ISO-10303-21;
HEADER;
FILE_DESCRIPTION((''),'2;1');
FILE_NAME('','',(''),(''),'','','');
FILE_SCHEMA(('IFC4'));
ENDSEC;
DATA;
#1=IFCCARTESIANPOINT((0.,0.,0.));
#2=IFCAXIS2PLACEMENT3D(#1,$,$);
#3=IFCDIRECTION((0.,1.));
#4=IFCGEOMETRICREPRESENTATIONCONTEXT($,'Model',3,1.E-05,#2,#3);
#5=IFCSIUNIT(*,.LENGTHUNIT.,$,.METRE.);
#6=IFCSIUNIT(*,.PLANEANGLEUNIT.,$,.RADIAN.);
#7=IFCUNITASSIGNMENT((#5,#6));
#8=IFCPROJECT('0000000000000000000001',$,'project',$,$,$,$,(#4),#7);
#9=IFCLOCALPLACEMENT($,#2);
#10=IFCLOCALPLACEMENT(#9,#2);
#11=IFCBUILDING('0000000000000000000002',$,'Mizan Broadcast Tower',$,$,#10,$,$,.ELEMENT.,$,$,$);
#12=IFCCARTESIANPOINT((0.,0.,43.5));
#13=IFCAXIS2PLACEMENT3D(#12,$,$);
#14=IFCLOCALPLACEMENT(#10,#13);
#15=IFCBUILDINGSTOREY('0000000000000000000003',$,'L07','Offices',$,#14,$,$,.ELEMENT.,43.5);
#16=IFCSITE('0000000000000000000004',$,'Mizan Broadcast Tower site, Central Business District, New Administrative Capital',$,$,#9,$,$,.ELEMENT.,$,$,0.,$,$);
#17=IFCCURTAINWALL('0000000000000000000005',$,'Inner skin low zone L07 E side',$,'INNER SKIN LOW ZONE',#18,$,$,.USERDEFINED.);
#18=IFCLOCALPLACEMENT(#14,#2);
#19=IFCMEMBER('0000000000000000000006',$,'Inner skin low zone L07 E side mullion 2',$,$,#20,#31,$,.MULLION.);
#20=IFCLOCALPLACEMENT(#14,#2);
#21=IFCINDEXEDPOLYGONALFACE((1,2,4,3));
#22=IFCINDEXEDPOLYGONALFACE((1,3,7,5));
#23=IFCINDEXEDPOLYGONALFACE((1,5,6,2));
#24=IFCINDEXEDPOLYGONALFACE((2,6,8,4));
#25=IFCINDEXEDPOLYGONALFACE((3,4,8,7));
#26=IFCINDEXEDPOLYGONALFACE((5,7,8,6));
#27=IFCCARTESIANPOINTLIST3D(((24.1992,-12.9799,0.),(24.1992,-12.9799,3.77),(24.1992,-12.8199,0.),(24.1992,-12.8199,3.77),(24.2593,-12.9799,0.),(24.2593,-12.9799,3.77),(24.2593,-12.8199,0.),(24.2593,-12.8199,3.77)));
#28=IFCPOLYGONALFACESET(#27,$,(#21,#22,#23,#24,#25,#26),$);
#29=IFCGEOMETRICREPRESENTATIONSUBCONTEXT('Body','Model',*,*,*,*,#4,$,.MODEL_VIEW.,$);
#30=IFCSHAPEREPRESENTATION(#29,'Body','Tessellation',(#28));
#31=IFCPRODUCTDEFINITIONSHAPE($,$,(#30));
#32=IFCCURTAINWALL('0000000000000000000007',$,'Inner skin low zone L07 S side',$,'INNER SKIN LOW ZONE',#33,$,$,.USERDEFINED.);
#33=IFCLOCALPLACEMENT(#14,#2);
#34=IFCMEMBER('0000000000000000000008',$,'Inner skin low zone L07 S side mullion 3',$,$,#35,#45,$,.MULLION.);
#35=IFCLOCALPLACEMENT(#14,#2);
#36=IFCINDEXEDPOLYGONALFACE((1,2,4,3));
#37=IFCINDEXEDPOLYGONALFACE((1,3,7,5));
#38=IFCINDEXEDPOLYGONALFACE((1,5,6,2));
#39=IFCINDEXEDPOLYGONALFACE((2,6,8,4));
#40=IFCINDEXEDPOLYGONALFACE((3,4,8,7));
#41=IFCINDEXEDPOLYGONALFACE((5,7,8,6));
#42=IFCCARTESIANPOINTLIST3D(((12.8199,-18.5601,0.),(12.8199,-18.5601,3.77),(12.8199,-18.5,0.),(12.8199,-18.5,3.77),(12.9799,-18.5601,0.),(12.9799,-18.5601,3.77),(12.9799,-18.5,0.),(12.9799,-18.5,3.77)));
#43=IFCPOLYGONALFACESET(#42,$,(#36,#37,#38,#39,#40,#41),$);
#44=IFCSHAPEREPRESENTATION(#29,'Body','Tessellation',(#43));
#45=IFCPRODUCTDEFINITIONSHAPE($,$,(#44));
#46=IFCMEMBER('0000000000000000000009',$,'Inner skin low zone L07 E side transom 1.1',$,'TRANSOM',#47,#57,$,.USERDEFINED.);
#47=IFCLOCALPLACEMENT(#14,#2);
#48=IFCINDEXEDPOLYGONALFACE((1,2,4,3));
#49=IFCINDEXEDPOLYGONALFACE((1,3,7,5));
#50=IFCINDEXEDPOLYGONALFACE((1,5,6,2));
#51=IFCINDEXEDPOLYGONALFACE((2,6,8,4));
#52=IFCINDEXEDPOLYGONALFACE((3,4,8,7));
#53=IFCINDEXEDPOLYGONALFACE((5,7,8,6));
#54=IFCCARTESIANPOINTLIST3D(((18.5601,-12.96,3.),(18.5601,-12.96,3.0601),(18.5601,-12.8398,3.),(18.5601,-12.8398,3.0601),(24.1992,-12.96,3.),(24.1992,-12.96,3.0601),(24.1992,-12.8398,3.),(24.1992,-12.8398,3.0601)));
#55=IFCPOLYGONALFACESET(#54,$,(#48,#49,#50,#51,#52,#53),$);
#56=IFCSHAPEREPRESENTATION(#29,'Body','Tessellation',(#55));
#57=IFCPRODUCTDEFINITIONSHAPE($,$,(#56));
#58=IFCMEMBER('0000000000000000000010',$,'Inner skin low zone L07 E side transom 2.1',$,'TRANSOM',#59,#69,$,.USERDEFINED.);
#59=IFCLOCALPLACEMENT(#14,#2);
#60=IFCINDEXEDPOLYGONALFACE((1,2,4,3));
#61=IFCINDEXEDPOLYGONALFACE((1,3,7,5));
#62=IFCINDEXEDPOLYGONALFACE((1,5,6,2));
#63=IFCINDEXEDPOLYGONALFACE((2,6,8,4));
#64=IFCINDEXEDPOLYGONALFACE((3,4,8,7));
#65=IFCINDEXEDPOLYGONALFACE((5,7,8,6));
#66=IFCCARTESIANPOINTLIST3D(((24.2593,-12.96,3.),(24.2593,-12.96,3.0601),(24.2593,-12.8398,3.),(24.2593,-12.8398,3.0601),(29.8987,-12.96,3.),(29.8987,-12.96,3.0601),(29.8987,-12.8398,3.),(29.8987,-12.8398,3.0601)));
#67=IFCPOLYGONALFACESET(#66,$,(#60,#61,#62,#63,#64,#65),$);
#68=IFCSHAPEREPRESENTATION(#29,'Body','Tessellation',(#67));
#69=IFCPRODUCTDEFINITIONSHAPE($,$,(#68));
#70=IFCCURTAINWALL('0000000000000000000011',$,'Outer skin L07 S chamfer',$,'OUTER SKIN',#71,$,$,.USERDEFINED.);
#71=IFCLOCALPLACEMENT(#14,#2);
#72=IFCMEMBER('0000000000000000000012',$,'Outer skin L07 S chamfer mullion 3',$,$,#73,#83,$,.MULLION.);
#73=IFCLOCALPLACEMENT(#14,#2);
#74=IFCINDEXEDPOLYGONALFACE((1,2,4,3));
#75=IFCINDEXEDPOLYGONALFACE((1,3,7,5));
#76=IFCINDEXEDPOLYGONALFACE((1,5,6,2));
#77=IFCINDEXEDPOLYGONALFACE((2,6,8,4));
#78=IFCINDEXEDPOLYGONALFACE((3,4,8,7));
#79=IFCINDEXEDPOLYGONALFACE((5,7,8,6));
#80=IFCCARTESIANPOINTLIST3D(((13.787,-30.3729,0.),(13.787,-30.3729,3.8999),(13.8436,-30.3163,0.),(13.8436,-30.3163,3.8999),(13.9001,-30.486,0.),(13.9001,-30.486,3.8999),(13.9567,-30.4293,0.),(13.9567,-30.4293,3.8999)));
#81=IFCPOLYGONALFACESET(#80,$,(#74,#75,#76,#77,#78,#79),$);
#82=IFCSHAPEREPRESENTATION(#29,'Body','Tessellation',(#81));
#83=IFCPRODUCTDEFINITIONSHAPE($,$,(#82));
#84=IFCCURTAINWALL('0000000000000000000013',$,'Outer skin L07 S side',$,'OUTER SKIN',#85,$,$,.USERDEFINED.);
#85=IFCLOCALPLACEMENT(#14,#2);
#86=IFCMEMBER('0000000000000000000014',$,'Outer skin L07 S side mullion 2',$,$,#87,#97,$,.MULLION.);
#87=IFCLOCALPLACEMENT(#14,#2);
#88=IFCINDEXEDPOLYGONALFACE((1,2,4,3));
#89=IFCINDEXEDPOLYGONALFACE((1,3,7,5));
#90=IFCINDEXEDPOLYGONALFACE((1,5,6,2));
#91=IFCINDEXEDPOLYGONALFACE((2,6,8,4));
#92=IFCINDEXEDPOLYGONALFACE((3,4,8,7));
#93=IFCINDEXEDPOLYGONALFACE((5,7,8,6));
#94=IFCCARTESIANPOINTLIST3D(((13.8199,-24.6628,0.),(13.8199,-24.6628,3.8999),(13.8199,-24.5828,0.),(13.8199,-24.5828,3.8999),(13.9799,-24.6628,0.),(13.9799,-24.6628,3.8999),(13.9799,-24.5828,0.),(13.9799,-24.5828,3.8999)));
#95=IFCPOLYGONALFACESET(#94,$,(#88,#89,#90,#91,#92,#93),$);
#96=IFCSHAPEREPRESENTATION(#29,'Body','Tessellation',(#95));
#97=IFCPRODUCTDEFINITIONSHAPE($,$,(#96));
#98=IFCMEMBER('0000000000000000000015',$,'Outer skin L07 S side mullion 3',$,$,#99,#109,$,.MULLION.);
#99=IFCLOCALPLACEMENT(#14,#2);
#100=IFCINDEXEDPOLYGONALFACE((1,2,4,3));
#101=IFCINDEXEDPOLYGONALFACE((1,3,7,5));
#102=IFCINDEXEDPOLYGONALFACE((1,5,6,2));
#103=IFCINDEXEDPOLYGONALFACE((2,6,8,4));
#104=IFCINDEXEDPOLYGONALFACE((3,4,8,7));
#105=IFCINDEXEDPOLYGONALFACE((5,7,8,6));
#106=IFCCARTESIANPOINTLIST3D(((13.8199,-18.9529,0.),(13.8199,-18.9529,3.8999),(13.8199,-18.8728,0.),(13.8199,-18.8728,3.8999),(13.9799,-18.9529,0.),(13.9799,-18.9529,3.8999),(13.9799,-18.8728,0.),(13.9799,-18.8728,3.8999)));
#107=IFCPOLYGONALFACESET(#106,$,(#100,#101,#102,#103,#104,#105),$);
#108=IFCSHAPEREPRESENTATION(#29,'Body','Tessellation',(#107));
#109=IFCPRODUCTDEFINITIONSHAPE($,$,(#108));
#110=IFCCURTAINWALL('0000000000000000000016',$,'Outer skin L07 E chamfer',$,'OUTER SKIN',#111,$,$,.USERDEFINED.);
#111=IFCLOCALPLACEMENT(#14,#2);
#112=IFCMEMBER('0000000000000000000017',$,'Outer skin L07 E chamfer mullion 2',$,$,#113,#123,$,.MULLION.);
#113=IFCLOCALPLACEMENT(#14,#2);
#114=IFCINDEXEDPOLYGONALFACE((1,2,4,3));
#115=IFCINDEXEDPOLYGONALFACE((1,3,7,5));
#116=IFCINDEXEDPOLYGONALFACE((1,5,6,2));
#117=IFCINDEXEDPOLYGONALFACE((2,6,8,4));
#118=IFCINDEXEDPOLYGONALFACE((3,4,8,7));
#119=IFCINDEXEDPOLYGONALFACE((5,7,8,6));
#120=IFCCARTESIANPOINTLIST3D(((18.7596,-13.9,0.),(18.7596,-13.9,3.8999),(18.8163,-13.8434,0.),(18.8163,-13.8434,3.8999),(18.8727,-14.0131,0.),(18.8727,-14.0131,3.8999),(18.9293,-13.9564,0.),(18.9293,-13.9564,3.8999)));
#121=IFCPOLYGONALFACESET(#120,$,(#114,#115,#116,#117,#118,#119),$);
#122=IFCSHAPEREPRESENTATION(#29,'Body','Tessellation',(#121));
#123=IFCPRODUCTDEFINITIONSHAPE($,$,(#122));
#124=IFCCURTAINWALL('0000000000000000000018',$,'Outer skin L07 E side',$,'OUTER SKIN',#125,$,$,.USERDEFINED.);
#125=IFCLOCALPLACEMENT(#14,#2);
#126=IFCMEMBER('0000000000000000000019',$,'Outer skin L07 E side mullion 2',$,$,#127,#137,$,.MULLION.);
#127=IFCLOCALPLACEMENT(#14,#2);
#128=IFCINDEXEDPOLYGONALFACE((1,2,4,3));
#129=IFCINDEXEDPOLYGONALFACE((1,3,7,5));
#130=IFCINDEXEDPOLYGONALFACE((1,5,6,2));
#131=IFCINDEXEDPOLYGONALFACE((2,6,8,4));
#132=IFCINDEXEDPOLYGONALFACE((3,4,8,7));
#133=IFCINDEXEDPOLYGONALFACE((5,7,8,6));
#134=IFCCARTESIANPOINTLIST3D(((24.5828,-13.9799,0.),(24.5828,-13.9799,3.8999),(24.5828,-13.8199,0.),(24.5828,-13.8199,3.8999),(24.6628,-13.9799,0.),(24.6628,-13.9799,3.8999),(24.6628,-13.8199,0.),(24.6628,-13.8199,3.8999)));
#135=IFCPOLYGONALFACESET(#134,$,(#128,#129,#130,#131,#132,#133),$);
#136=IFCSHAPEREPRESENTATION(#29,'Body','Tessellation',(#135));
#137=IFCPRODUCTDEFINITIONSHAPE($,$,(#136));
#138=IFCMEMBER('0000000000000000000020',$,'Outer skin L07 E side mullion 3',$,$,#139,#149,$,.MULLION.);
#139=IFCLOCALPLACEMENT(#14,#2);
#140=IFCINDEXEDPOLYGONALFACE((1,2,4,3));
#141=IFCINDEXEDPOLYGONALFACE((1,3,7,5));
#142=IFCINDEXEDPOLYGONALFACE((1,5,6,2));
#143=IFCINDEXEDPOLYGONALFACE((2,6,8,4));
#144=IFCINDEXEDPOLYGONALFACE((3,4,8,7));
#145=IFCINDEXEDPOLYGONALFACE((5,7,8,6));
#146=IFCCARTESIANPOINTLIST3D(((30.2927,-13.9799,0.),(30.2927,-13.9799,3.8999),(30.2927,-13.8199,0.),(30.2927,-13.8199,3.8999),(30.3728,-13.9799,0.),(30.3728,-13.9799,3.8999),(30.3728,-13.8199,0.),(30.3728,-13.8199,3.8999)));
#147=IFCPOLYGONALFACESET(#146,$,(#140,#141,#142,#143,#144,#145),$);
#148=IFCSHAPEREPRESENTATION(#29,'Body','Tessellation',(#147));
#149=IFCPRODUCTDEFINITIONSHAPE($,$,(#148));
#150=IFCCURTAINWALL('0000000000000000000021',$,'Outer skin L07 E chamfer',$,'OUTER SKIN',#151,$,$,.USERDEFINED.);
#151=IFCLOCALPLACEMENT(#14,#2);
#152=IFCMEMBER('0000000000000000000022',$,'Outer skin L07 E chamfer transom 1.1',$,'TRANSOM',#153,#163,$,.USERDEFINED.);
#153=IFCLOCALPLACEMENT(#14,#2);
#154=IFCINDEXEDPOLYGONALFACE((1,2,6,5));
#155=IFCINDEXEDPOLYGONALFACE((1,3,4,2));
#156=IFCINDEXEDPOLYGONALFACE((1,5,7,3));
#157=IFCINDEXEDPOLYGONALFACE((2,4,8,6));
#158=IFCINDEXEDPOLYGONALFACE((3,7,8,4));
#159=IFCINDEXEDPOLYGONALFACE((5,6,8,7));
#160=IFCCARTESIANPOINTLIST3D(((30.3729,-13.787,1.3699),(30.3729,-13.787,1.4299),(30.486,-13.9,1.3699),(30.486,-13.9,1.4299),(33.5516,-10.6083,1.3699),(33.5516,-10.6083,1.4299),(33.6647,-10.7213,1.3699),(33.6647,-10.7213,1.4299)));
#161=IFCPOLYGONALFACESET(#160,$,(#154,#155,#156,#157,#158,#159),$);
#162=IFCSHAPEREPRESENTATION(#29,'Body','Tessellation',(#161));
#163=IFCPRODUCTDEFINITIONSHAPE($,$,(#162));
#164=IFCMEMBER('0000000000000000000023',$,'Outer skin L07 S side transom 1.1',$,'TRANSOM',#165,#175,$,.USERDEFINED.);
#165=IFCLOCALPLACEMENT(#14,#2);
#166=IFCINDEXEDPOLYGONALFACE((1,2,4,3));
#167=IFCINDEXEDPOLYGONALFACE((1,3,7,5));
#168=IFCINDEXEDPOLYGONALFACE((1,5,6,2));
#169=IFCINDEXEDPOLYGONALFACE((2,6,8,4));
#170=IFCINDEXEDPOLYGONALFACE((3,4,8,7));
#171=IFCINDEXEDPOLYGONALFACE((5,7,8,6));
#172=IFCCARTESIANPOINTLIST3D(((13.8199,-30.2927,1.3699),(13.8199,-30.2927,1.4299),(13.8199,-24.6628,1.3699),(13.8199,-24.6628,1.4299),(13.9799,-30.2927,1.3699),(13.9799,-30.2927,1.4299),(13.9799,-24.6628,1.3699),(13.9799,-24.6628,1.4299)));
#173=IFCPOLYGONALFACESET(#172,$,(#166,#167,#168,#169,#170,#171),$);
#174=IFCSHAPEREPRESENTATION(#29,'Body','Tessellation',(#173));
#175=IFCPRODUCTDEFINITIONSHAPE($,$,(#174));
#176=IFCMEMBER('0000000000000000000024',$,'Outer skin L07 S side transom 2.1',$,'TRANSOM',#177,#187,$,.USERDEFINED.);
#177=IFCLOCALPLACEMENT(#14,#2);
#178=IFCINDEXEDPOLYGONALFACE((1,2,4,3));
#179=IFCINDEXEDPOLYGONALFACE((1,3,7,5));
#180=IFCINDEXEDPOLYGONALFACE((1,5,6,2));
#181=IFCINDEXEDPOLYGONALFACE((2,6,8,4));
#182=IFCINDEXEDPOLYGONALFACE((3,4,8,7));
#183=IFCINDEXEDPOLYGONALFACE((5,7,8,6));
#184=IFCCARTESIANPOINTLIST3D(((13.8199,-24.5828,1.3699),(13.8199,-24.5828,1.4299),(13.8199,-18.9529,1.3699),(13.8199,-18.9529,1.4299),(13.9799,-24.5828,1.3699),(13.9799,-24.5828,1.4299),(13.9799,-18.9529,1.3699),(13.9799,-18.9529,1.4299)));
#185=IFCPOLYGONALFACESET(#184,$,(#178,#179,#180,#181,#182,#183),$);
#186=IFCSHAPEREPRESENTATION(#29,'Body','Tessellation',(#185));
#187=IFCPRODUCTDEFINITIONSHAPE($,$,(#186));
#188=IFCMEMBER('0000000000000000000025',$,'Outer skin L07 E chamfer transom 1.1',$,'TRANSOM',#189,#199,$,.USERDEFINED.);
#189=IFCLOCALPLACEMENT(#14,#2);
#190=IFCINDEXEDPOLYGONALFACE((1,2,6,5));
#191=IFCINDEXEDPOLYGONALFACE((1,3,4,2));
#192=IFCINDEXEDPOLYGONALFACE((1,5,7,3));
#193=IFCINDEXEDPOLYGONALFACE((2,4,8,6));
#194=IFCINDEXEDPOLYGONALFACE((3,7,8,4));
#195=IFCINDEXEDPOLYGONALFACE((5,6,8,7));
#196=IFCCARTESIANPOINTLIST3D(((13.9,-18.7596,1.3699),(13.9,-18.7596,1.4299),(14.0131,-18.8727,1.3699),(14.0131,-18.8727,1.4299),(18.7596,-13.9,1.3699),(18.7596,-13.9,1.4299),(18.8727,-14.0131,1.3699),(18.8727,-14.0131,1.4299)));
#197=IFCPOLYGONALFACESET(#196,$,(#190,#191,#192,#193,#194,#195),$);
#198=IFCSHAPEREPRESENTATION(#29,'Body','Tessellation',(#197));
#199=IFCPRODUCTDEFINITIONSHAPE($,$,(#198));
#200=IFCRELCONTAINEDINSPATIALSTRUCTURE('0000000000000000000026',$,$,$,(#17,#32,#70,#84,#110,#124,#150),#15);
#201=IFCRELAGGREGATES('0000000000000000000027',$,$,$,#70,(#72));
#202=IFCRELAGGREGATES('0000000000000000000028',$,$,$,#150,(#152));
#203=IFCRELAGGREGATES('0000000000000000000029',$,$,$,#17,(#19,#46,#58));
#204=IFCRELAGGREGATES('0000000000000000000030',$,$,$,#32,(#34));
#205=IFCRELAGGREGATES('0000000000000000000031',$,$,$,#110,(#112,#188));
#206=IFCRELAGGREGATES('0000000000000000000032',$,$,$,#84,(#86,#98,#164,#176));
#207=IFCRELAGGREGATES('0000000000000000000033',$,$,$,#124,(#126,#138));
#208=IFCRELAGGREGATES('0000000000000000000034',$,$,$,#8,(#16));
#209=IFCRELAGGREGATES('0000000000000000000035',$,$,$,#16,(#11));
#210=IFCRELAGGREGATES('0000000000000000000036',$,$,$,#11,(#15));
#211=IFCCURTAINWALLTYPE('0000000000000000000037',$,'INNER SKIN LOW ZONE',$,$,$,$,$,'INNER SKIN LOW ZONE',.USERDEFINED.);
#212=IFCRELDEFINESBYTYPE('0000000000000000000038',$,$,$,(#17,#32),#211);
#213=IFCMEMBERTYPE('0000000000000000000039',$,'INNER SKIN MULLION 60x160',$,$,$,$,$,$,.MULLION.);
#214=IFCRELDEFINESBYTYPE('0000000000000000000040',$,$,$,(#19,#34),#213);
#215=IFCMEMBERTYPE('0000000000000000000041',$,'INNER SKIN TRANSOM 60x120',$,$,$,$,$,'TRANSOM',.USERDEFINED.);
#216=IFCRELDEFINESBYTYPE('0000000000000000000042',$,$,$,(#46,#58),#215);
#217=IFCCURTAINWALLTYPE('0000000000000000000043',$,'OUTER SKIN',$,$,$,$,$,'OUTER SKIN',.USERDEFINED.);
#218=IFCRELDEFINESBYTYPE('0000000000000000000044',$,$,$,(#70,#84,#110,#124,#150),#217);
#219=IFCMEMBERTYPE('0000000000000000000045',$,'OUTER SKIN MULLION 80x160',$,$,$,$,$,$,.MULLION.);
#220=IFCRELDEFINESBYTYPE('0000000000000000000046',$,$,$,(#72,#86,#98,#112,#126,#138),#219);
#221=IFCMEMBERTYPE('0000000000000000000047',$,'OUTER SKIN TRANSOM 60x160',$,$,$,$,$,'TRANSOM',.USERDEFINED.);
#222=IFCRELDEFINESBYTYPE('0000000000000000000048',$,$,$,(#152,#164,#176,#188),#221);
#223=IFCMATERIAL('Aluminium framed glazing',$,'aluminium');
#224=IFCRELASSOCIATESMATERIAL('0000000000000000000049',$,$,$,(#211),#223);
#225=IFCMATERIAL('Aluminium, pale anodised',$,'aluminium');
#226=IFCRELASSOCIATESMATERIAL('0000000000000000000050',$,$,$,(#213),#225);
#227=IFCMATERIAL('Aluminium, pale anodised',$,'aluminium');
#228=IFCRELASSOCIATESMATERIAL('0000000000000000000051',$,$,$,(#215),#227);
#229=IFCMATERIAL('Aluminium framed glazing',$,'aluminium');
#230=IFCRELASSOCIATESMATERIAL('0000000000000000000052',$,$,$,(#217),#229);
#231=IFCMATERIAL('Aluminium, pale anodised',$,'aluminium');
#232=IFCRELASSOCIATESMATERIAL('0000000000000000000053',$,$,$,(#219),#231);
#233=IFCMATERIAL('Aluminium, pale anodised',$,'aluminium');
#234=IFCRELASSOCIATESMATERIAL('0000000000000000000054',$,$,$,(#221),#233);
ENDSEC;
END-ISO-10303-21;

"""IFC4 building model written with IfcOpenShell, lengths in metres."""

from ifc_helpers import new_model, si_unit, direction, frame, origin, origin_2d, place, context, subcontext, project, spatial, rectangle, extrude, material, material_profile, profile_set, type_object, element, aggregate, save


model = new_model("IFC4")

# Units and contexts
model_context = context("Model", 3, precision=1e-05, world=origin(), true_north=direction((0.0, 1.0)))
body_context = subcontext(model_context, "Body", "Model", "MODEL_VIEW")
ifc_project = project(units=[si_unit("LENGTHUNIT", "METRE"), si_unit("PLANEANGLEUNIT", "RADIAN")], contexts=[model_context])

# Site, building, storey
site_placement = place(None, origin())
site = spatial("IfcSite", under=ifc_project, at=site_placement, Name="Mizan Broadcast Tower site, Central Business District, New Administrative Capital", CompositionType="ELEMENT", RefElevation=0.0)
building_placement = place(site_placement, origin())
building = spatial("IfcBuilding", under=site, at=building_placement, Name="Mizan Broadcast Tower", CompositionType="ELEMENT")
storey_placement = place(building_placement, frame((0.0, 0.0, 43.5)))
storey = spatial("IfcBuildingStorey", under=building, at=storey_placement, Name="L07", Description="Offices", CompositionType="ELEMENT", Elevation=43.5)

# Curtain walls, members
ifc_material_1 = material(Name="Aluminium framed glazing", Category="aluminium")
curtain_wall_type_1 = type_object("IfcCurtainWallType", Name="INNER SKIN LOW ZONE", ElementType="INNER SKIN LOW ZONE", PredefinedType="USERDEFINED", material=ifc_material_1)
curtain_wall_1_placement = place(storey_placement, origin())
curtain_wall_1 = element("IfcCurtainWall", 1, at=curtain_wall_1_placement, inside=storey, type_object=curtain_wall_type_1, Name="Inner skin low zone L07 E side", ObjectType="INNER SKIN LOW ZONE", PredefinedType="USERDEFINED")
ifc_material_2 = material(Name="Aluminium, pale anodised", Category="aluminium")
ifc_material_profile_1 = material_profile(ifc_material_2, rectangle(XDim=0.1599, YDim=0.0601, at=origin_2d()), Name="MULLION 160x60")
ifc_profile_set_1 = profile_set([ifc_material_profile_1], Name="Aluminium, pale anodised")
member_type_1 = type_object("IfcMemberType", Name="INNER SKIN MULLION 60x160", PredefinedType="MULLION", material=ifc_profile_set_1)
member_1_placement = place(storey_placement, frame((24.2292, -12.8999, 0.0), z_axis=(0.0, 0.0, 1.0), x_axis=(0.0, 1.0, 0.0)))
member_1 = element("IfcMember", 2, at=member_1_placement, type_object=member_type_1, Name="Inner skin low zone L07 E side mullion 2", PredefinedType="MULLION", context=body_context, shape_type="SweptSolid", body=[
    extrude(rectangle(XDim=0.1599, YDim=0.0601, at=origin_2d()), origin(), (0.0, 0.0, 1.0), 3.77),
])
curtain_wall_2_placement = place(storey_placement, origin())
curtain_wall_2 = element("IfcCurtainWall", 3, at=curtain_wall_2_placement, inside=storey, type_object=curtain_wall_type_1, Name="Inner skin low zone L07 S side", ObjectType="INNER SKIN LOW ZONE", PredefinedType="USERDEFINED")
member_2_placement = place(storey_placement, frame((12.8999, -18.53, 0.0), z_axis=(0.0, 0.0, 1.0), x_axis=(-1.0, 0.0, 0.0)))
member_2 = element("IfcMember", 4, at=member_2_placement, type_object=member_type_1, Name="Inner skin low zone L07 S side mullion 3", PredefinedType="MULLION", context=body_context, shape_type="SweptSolid", body=[
    extrude(rectangle(XDim=0.1599, YDim=0.0601, at=origin_2d()), origin(), (0.0, 0.0, 1.0), 3.77),
])

# Members
ifc_material_3 = material(Name="Aluminium, pale anodised", Category="aluminium")
ifc_material_profile_2 = material_profile(ifc_material_3, rectangle(XDim=0.1201, YDim=0.0601, at=origin_2d()), Name="TRANSOM 120x60")
ifc_profile_set_2 = profile_set([ifc_material_profile_2], Name="Aluminium, pale anodised")
member_type_2 = type_object("IfcMemberType", Name="INNER SKIN TRANSOM 60x120", ElementType="TRANSOM", PredefinedType="USERDEFINED", material=ifc_profile_set_2)
member_3_placement = place(storey_placement, frame((18.5601, -12.8999, 3.03), z_axis=(1.0, 0.0, 0.0), x_axis=(0.0, 1.0, 0.0)))
member_3 = element("IfcMember", 5, at=member_3_placement, type_object=member_type_2, Name="Inner skin low zone L07 E side transom 1.1", ObjectType="TRANSOM", PredefinedType="USERDEFINED", context=body_context, shape_type="SweptSolid", body=[
    extrude(rectangle(XDim=0.1201, YDim=0.0601, at=origin_2d()), origin(), (0.0, 0.0, 1.0), 5.6392),
])
member_4_placement = place(storey_placement, frame((24.2593, -12.8999, 3.03), z_axis=(1.0, 0.0, 0.0), x_axis=(0.0, 1.0, 0.0)))
member_4 = element("IfcMember", 6, at=member_4_placement, type_object=member_type_2, Name="Inner skin low zone L07 E side transom 2.1", ObjectType="TRANSOM", PredefinedType="USERDEFINED", context=body_context, shape_type="SweptSolid", body=[
    extrude(rectangle(XDim=0.1201, YDim=0.0601, at=origin_2d()), origin(), (0.0, 0.0, 1.0), 5.6394),
])

# Curtain wall, member
ifc_material_4 = material(Name="Aluminium framed glazing", Category="aluminium")
curtain_wall_type_2 = type_object("IfcCurtainWallType", Name="OUTER SKIN", ElementType="OUTER SKIN", PredefinedType="USERDEFINED", material=ifc_material_4)
curtain_wall_3_placement = place(storey_placement, origin())
curtain_wall_3 = element("IfcCurtainWall", 7, at=curtain_wall_3_placement, inside=storey, type_object=curtain_wall_type_2, Name="Outer skin L07 S chamfer", ObjectType="OUTER SKIN", PredefinedType="USERDEFINED")
ifc_material_5 = material(Name="Aluminium, pale anodised", Category="aluminium")
ifc_material_profile_3 = material_profile(ifc_material_5, rectangle(XDim=0.1599, YDim=0.0801, at=origin_2d()), Name="MULLION 160x80")
ifc_profile_set_3 = profile_set([ifc_material_profile_3], Name="Aluminium, pale anodised")
member_type_3 = type_object("IfcMemberType", Name="OUTER SKIN MULLION 80x160", PredefinedType="MULLION", material=ifc_profile_set_3)
member_5_placement = place(storey_placement, frame((13.8718, -30.4011, 0.0), z_axis=(0.0, 0.0, 1.0), x_axis=(-0.707107, 0.707107, 0.0)))
member_5 = element("IfcMember", 8, at=member_5_placement, type_object=member_type_3, Name="Outer skin L07 S chamfer mullion 3", PredefinedType="MULLION", context=body_context, shape_type="SweptSolid", body=[
    extrude(rectangle(XDim=0.1599, YDim=0.0801, at=origin_2d()), origin(), (0.0, 0.0, 1.0), 3.8999),
])
aggregate(curtain_wall_3, [member_5])

# Curtain wall, members
curtain_wall_4_placement = place(storey_placement, origin())
curtain_wall_4 = element("IfcCurtainWall", 9, at=curtain_wall_4_placement, inside=storey, type_object=curtain_wall_type_2, Name="Outer skin L07 S side", ObjectType="OUTER SKIN", PredefinedType="USERDEFINED")
member_6_placement = place(storey_placement, frame((13.8999, -24.6228, 0.0), z_axis=(0.0, 0.0, 1.0), x_axis=(-1.0, 0.0, 0.0)))
member_6 = element("IfcMember", 10, at=member_6_placement, type_object=member_type_3, Name="Outer skin L07 S side mullion 2", PredefinedType="MULLION", context=body_context, shape_type="SweptSolid", body=[
    extrude(rectangle(XDim=0.1599, YDim=0.0801, at=origin_2d()), origin(), (0.0, 0.0, 1.0), 3.8999),
])
member_7_placement = place(storey_placement, frame((13.8999, -18.9128, 0.0), z_axis=(0.0, 0.0, 1.0), x_axis=(-1.0, 0.0, 0.0)))
member_7 = element("IfcMember", 11, at=member_7_placement, type_object=member_type_3, Name="Outer skin L07 S side mullion 3", PredefinedType="MULLION", context=body_context, shape_type="SweptSolid", body=[
    extrude(rectangle(XDim=0.1599, YDim=0.0801, at=origin_2d()), origin(), (0.0, 0.0, 1.0), 3.8999),
])

# Curtain wall, member
curtain_wall_5_placement = place(storey_placement, origin())
curtain_wall_5 = element("IfcCurtainWall", 12, at=curtain_wall_5_placement, inside=storey, type_object=curtain_wall_type_2, Name="Outer skin L07 E chamfer", ObjectType="OUTER SKIN", PredefinedType="USERDEFINED")
member_8_placement = place(storey_placement, frame((18.8445, -13.9282, 0.0), z_axis=(0.0, 0.0, 1.0), x_axis=(-0.707107, 0.707107, 0.0)))
member_8 = element("IfcMember", 13, at=member_8_placement, type_object=member_type_3, Name="Outer skin L07 E chamfer mullion 2", PredefinedType="MULLION", context=body_context, shape_type="SweptSolid", body=[
    extrude(rectangle(XDim=0.1599, YDim=0.0801, at=origin_2d()), origin(), (0.0, 0.0, 1.0), 3.8999),
])

# Curtain wall, members
curtain_wall_6_placement = place(storey_placement, origin())
curtain_wall_6 = element("IfcCurtainWall", 14, at=curtain_wall_6_placement, inside=storey, type_object=curtain_wall_type_2, Name="Outer skin L07 E side", ObjectType="OUTER SKIN", PredefinedType="USERDEFINED")
member_9_placement = place(storey_placement, frame((24.6228, -13.8999, 0.0), z_axis=(0.0, 0.0, 1.0), x_axis=(0.0, 1.0, 0.0)))
member_9 = element("IfcMember", 15, at=member_9_placement, type_object=member_type_3, Name="Outer skin L07 E side mullion 2", PredefinedType="MULLION", context=body_context, shape_type="SweptSolid", body=[
    extrude(rectangle(XDim=0.1599, YDim=0.0801, at=origin_2d()), origin(), (0.0, 0.0, 1.0), 3.8999),
])
member_10_placement = place(storey_placement, frame((30.3328, -13.8999, 0.0), z_axis=(0.0, 0.0, 1.0), x_axis=(0.0, 1.0, 0.0)))
member_10 = element("IfcMember", 16, at=member_10_placement, type_object=member_type_3, Name="Outer skin L07 E side mullion 3", PredefinedType="MULLION", context=body_context, shape_type="SweptSolid", body=[
    extrude(rectangle(XDim=0.1599, YDim=0.0801, at=origin_2d()), origin(), (0.0, 0.0, 1.0), 3.8999),
])

# Curtain wall, member
curtain_wall_7_placement = place(storey_placement, origin())
curtain_wall_7 = element("IfcCurtainWall", 17, at=curtain_wall_7_placement, inside=storey, type_object=curtain_wall_type_2, Name="Outer skin L07 E chamfer", ObjectType="OUTER SKIN", PredefinedType="USERDEFINED")
ifc_material_6 = material(Name="Aluminium, pale anodised", Category="aluminium")
ifc_material_profile_4 = material_profile(ifc_material_6, rectangle(XDim=0.1599, YDim=0.0601, at=origin_2d()), Name="TRANSOM 160x60")
ifc_profile_set_4 = profile_set([ifc_material_profile_4], Name="Aluminium, pale anodised")
member_type_4 = type_object("IfcMemberType", Name="OUTER SKIN TRANSOM 60x160", ElementType="TRANSOM", PredefinedType="USERDEFINED", material=ifc_profile_set_4)
member_11_placement = place(storey_placement, frame((30.4294, -13.8435, 1.3999), z_axis=(0.707107, 0.707107, 0.0), x_axis=(-0.707107, 0.707107, 0.0)))
member_11 = element("IfcMember", 18, at=member_11_placement, type_object=member_type_4, Name="Outer skin L07 E chamfer transom 1.1", ObjectType="TRANSOM", PredefinedType="USERDEFINED", context=body_context, shape_type="SweptSolid", body=[
    extrude(rectangle(XDim=0.1599, YDim=0.0601, at=origin_2d()), origin(), (0.0, 0.0, 1.0), 4.4954),
])
aggregate(curtain_wall_7, [member_11])

# Members
member_12_placement = place(storey_placement, frame((13.8999, -30.2927, 1.3999), z_axis=(0.0, 1.0, 0.0), x_axis=(-1.0, 0.0, 0.0)))
member_12 = element("IfcMember", 19, at=member_12_placement, type_object=member_type_4, Name="Outer skin L07 S side transom 1.1", ObjectType="TRANSOM", PredefinedType="USERDEFINED", context=body_context, shape_type="SweptSolid", body=[
    extrude(rectangle(XDim=0.1599, YDim=0.0601, at=origin_2d()), origin(), (0.0, 0.0, 1.0), 5.6299),
])
member_13_placement = place(storey_placement, frame((13.8999, -24.5828, 1.3999), z_axis=(0.0, 1.0, 0.0), x_axis=(-1.0, 0.0, 0.0)))
member_13 = element("IfcMember", 20, at=member_13_placement, type_object=member_type_4, Name="Outer skin L07 S side transom 2.1", ObjectType="TRANSOM", PredefinedType="USERDEFINED", context=body_context, shape_type="SweptSolid", body=[
    extrude(rectangle(XDim=0.1599, YDim=0.0601, at=origin_2d()), origin(), (0.0, 0.0, 1.0), 5.6299),
])
member_14_placement = place(storey_placement, frame((13.9565, -18.8162, 1.3999), z_axis=(0.707107, 0.707107, 0.0), x_axis=(-0.707107, 0.707107, 0.0)))
member_14 = element("IfcMember", 21, at=member_14_placement, type_object=member_type_4, Name="Outer skin L07 E chamfer transom 1.1", ObjectType="TRANSOM", PredefinedType="USERDEFINED", context=body_context, shape_type="SweptSolid", body=[
    extrude(rectangle(XDim=0.1599, YDim=0.0601, at=origin_2d()), origin(), (0.0, 0.0, 1.0), 6.8726),
])

aggregate(curtain_wall_1, [member_1, member_3, member_4])
aggregate(curtain_wall_2, [member_2])
aggregate(curtain_wall_5, [member_8, member_14])
aggregate(curtain_wall_4, [member_6, member_7, member_12, member_13])
aggregate(curtain_wall_6, [member_9, member_10])

save(model, "model.ifc")
